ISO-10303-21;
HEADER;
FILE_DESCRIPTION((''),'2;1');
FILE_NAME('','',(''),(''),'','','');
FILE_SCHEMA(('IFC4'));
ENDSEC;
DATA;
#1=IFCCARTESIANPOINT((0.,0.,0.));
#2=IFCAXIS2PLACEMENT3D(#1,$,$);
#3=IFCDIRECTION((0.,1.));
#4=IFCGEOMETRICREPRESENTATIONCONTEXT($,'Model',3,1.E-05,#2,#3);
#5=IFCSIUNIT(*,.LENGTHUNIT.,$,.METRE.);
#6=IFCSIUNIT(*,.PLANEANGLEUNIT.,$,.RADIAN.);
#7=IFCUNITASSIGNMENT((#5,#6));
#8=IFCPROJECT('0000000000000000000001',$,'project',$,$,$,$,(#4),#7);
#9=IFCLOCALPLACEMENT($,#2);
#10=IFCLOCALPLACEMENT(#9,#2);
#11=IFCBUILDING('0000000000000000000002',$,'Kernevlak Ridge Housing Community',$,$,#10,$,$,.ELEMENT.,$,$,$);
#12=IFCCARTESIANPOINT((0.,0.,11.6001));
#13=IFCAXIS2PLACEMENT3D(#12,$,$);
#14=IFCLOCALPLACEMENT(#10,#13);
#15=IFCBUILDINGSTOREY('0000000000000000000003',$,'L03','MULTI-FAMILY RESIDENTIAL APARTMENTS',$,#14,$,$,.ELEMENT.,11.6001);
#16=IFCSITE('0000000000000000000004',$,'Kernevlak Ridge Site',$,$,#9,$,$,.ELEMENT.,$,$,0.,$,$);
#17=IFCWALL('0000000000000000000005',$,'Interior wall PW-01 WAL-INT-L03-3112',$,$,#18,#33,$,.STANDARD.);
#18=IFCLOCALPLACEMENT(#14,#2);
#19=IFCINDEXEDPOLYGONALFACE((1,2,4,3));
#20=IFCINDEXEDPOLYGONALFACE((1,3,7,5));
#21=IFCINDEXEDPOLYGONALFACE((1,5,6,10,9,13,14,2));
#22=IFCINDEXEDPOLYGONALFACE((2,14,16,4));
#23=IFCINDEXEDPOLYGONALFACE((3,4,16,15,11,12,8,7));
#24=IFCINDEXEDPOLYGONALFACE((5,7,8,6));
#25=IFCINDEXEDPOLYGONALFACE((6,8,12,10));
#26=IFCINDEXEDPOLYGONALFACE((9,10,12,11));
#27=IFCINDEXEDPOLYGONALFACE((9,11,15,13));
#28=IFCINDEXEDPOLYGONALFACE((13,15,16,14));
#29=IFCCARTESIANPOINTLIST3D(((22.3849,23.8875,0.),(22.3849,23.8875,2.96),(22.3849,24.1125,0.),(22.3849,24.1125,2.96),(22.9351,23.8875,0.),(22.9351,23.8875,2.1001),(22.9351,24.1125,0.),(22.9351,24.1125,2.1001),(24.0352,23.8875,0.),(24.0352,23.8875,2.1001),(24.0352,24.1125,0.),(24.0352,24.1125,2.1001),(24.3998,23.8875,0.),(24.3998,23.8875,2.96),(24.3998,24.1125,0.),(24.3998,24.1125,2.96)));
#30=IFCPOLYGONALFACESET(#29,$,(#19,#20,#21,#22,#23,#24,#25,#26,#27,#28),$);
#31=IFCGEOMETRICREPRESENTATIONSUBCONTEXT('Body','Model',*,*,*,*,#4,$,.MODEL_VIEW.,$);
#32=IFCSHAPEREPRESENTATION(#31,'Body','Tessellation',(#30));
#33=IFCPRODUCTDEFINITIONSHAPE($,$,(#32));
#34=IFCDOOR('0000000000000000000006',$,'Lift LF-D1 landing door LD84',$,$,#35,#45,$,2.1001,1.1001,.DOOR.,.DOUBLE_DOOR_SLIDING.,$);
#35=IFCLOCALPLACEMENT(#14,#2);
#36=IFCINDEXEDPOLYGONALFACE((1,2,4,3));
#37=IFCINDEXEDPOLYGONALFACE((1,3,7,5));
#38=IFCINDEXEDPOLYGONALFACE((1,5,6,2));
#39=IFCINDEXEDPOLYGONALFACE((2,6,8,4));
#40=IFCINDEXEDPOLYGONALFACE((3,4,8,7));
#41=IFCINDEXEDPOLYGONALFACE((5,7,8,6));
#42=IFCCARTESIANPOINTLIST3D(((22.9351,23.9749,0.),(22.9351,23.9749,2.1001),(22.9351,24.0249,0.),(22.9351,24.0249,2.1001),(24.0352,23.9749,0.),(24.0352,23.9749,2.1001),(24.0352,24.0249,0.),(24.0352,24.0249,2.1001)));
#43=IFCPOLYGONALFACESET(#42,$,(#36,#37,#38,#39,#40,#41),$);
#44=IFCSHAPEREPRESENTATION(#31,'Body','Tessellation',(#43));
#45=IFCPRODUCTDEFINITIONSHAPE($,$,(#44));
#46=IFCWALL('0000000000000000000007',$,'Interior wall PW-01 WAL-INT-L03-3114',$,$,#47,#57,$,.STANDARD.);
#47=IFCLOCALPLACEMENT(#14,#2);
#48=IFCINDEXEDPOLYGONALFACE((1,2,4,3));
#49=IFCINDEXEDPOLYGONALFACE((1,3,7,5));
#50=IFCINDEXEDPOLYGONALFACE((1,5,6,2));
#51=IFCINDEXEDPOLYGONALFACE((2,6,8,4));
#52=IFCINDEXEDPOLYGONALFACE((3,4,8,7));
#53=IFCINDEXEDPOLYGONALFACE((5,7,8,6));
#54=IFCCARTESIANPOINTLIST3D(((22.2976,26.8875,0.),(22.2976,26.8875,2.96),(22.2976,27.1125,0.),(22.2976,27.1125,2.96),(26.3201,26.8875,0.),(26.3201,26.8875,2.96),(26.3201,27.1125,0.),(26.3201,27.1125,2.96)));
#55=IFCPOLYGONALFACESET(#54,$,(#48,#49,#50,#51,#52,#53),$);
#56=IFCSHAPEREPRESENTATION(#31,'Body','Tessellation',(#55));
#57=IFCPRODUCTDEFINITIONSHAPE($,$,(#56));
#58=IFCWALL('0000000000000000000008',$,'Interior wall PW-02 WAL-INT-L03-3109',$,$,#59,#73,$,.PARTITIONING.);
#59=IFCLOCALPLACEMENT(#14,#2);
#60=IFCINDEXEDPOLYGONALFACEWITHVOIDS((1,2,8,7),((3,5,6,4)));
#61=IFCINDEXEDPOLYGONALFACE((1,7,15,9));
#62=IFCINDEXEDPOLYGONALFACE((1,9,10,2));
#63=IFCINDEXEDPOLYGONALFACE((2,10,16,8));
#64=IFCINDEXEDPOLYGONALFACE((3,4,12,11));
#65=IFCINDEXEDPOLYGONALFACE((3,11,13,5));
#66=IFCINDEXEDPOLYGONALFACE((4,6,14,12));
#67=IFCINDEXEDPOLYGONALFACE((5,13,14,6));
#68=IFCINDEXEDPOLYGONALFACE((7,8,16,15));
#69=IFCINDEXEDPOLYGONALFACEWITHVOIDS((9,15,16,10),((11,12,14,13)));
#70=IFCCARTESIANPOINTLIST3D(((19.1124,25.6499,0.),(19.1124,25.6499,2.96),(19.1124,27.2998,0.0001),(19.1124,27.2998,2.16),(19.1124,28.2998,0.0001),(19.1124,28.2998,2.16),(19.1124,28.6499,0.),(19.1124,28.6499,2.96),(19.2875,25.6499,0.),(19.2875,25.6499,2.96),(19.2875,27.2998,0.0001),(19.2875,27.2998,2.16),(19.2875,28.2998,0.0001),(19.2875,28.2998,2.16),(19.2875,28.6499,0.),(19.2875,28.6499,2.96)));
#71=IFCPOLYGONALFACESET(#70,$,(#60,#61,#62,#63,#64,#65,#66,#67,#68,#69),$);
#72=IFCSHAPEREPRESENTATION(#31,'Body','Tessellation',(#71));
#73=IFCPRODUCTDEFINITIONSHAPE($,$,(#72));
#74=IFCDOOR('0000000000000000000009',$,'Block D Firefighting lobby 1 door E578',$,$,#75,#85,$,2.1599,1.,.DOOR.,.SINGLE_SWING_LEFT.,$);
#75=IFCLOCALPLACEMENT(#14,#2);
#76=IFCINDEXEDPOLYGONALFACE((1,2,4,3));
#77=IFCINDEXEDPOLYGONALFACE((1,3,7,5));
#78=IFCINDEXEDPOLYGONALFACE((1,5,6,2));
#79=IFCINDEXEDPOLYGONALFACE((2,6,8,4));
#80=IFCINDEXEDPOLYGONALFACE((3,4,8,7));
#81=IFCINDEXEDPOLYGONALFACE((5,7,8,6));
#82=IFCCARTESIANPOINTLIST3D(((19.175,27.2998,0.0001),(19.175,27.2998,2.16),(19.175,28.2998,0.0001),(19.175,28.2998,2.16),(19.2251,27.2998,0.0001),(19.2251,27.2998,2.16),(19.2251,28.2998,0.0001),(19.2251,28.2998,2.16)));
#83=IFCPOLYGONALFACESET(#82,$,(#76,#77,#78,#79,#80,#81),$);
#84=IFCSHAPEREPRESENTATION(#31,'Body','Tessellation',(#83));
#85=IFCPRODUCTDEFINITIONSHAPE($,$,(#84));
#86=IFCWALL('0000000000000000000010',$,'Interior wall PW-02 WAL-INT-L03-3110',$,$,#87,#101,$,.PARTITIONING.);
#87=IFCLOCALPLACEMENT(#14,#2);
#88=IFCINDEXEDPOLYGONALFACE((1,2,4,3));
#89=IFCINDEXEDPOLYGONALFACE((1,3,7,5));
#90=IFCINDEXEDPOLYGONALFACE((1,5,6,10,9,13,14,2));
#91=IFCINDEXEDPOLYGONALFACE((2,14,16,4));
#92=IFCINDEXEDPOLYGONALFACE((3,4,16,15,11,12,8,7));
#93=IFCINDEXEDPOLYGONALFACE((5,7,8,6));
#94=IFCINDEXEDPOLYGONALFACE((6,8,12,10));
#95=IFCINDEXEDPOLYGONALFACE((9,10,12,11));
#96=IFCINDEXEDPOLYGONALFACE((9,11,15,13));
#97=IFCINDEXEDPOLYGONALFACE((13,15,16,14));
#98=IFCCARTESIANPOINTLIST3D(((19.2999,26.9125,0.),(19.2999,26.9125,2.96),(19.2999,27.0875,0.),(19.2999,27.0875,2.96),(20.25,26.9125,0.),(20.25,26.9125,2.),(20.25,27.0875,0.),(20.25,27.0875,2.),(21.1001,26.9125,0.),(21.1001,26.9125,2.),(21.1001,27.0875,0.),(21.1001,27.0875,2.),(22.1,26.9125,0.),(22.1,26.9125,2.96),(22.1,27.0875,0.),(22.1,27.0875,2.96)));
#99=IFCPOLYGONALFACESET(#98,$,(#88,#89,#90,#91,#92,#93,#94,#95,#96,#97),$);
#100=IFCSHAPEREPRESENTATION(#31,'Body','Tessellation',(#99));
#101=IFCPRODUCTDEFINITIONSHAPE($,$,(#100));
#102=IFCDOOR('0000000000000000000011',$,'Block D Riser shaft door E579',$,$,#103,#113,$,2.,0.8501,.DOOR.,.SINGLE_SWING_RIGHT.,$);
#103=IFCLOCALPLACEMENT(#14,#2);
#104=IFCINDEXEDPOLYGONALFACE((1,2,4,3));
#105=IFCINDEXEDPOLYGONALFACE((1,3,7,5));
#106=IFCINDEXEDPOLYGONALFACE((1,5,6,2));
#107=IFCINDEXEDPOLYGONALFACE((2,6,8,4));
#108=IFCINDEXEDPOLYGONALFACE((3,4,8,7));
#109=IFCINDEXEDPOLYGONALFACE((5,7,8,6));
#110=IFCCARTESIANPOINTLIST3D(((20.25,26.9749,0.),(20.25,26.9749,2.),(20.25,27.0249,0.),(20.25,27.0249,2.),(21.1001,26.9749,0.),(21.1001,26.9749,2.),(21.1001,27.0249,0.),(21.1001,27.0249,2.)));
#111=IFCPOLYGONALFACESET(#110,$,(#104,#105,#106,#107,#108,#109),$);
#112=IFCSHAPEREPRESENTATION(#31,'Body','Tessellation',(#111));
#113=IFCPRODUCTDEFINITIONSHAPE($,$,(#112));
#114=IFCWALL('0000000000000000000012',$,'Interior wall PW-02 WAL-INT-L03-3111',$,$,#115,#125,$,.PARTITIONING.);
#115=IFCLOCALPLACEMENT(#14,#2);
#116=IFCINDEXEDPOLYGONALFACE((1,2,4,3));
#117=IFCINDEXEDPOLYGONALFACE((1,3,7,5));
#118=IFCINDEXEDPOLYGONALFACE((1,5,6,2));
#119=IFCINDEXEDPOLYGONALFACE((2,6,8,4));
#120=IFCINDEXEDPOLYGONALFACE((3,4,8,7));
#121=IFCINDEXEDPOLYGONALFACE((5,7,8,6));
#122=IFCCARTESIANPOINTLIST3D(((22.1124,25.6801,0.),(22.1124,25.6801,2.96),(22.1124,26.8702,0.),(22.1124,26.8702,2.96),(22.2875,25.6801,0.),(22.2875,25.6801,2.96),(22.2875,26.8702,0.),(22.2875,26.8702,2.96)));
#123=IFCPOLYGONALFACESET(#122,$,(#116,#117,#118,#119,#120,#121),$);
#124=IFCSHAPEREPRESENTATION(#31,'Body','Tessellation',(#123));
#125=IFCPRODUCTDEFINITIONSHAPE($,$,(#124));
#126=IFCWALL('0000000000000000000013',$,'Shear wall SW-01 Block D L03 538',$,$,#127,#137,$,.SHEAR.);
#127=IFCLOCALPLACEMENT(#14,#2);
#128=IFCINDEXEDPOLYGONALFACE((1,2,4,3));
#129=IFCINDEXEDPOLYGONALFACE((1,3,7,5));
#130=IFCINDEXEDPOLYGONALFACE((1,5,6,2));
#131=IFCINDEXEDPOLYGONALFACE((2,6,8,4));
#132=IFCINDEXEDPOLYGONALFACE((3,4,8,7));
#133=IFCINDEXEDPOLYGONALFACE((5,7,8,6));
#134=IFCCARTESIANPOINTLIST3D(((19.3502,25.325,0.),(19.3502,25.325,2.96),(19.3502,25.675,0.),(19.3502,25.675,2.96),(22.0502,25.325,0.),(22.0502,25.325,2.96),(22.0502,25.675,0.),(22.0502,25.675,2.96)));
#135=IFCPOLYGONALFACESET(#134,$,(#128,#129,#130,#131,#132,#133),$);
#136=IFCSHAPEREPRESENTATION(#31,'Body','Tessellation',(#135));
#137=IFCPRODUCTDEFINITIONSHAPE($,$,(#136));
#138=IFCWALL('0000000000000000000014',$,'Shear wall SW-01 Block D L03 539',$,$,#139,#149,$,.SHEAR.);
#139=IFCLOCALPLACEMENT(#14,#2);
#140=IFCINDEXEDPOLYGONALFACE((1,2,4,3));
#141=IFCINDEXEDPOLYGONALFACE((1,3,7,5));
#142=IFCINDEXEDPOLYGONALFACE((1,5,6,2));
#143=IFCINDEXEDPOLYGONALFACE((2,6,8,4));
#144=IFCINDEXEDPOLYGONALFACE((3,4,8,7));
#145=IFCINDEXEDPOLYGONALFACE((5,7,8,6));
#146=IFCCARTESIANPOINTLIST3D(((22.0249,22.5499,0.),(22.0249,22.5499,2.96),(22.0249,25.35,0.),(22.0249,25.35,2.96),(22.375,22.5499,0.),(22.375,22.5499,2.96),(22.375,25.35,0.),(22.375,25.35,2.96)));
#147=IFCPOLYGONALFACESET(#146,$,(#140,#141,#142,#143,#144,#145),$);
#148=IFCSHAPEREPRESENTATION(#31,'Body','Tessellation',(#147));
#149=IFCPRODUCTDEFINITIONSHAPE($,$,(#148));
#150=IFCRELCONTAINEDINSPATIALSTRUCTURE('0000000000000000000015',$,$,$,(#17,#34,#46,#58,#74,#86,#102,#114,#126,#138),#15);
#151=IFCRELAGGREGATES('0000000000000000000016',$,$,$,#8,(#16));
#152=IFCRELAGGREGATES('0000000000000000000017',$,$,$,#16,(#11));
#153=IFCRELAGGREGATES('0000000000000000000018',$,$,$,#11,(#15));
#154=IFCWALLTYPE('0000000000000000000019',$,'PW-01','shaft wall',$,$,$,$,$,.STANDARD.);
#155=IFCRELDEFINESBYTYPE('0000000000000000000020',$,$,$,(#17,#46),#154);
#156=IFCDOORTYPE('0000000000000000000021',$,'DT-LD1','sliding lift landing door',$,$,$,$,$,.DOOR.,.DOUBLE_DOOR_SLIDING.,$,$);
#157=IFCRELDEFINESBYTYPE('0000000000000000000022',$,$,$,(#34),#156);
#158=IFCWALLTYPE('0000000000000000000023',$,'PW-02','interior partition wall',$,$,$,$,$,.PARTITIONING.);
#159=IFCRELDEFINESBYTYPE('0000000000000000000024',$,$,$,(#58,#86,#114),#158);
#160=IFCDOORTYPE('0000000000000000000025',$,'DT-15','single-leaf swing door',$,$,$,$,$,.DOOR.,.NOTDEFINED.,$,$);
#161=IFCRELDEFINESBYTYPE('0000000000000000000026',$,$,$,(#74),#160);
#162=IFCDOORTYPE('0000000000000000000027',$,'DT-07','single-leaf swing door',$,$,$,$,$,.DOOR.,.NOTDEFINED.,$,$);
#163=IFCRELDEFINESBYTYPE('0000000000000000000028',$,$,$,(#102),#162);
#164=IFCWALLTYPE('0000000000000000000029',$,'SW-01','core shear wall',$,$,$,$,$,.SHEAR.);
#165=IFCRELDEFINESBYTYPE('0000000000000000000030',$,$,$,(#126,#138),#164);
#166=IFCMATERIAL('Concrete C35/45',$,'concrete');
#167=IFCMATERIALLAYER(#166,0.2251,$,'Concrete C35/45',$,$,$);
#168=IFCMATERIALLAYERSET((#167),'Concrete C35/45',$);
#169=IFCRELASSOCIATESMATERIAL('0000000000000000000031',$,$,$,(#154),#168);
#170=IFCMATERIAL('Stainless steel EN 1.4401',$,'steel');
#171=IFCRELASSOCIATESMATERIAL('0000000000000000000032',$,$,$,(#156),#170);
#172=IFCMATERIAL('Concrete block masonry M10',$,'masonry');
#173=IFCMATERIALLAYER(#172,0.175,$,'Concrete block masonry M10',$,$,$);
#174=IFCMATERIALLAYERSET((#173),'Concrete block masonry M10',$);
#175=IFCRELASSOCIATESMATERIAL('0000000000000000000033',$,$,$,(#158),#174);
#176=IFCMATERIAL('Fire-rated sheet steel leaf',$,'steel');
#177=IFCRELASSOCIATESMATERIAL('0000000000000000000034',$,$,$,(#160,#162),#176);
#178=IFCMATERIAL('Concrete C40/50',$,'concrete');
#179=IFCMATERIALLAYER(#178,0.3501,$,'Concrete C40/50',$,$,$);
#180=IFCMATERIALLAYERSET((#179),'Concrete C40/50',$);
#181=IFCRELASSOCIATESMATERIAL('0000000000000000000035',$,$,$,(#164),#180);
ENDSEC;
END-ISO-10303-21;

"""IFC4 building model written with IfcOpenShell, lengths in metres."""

from ifc_helpers import new_model, si_unit, direction, frame, frame_2d, origin, place, context, subcontext, project, spatial, rectangle, extrude, material, layer, layer_set, type_object, element, fill, save


model = new_model("IFC4")

# Units and contexts
model_context = context("Model", 3, precision=1e-05, world=origin(), true_north=direction((0.0, 1.0)))
body_context = subcontext(model_context, "Body", "Model", "MODEL_VIEW")
ifc_project = project(units=[si_unit("LENGTHUNIT", "METRE"), si_unit("PLANEANGLEUNIT", "RADIAN")], contexts=[model_context])

# Site, building, storey
site_placement = place(None, origin())
site = spatial("IfcSite", under=ifc_project, at=site_placement, Name="Kernevlak Ridge Site", CompositionType="ELEMENT", RefElevation=0.0)
building_placement = place(site_placement, origin())
building = spatial("IfcBuilding", under=site, at=building_placement, Name="Kernevlak Ridge Housing Community", CompositionType="ELEMENT")
storey_placement = place(building_placement, frame((0.0, 0.0, 11.6001)))
storey = spatial("IfcBuildingStorey", under=building, at=storey_placement, Name="L03", Description="MULTI-FAMILY RESIDENTIAL APARTMENTS", CompositionType="ELEMENT", Elevation=11.6001)

# Shared definitions
ifc_material_1 = material(Name="Concrete C35/45", Category="concrete")

# Wall, opening, door
ifc_layer_1 = layer(ifc_material_1, 0.2251, Name="Concrete C35/45")
ifc_layer_set_1 = layer_set([ifc_layer_1], Name="Concrete C35/45")
wall_type_1 = type_object("IfcWallType", Name="PW-01", Description="shaft wall", PredefinedType="STANDARD", material=ifc_layer_set_1)
ifc_material_2 = material(Name="Fire-rated sheet steel leaf", Category="steel")
wall_1_placement = place(storey_placement, frame((22.385, 24.0, 0.0), z_axis=(0.0, 0.0, 1.0), x_axis=(1.0, 0.0, 0.0)))
wall_1 = element("IfcWall", 1, at=wall_1_placement, inside=storey, type_object=wall_type_1, Name="Interior wall PW-01 WAL-INT-L03-3112", PredefinedType="STANDARD", context=body_context, shape_type="SweptSolid", body=[
    extrude(rectangle(XDim=2.0149, YDim=0.2251, at=frame_2d((1.0073, 0.0))), origin(), (0.0, 0.0, 1.0), 2.96),
])
opening_1_placement = place(wall_1_placement, frame((0.55, 0.0, 0.0)))
opening_1 = element("IfcOpeningElement", 2, at=opening_1_placement, cuts=wall_1, PredefinedType="OPENING", context=body_context, shape_type="SweptSolid", body=[
    extrude(rectangle(XDim=1.1001, YDim=2.1001, at=frame_2d((0.55, 1.05))), frame((0.0, 0.1226, 0.0), z_axis=(0.0, -1.0, 0.0), x_axis=(1.0, 0.0, 0.0)), (0.0, 0.0, 1.0), 0.2451),
])
ifc_material_3 = material(Name="Stainless steel EN 1.4401", Category="steel")
door_type_1 = type_object("IfcDoorType", Name="DT-LD1", Description="sliding lift landing door", OperationType="DOUBLE_DOOR_SLIDING", PredefinedType="DOOR", material=ifc_material_3)
door_1_placement = place(opening_1_placement, origin())
door_1 = element("IfcDoor", 3, at=door_1_placement, inside=storey, type_object=door_type_1, Name="Lift LF-D1 landing door LD84", OperationType="DOUBLE_DOOR_SLIDING", OverallHeight=2.1001, OverallWidth=1.1001, PredefinedType="DOOR", context=body_context, shape_type="SweptSolid", body=[
    extrude(rectangle(XDim=1.1001, YDim=2.1001, at=frame_2d((0.55, 1.05))), frame((0.0, 0.0249, 0.0), z_axis=(0.0, -1.0, 0.0), x_axis=(1.0, 0.0, 0.0)), (0.0, 0.0, 1.0), 0.05),
])
fill(opening_1, door_1)

# Wall
wall_2_placement = place(storey_placement, frame((22.2976, 27.0, 0.0), z_axis=(0.0, 0.0, 1.0), x_axis=(1.0, 0.0, 0.0)))
element("IfcWall", 4, at=wall_2_placement, inside=storey, type_object=wall_type_1, Name="Interior wall PW-01 WAL-INT-L03-3114", PredefinedType="STANDARD", context=body_context, shape_type="SweptSolid", body=[
    extrude(rectangle(XDim=4.0225, YDim=0.2251, at=frame_2d((2.0112, 0.0))), origin(), (0.0, 0.0, 1.0), 2.96),
])

# Walls, openings, doors
ifc_material_4 = material(Name="Concrete block masonry M10", Category="masonry")
ifc_layer_2 = layer(ifc_material_4, 0.175, Name="Concrete block masonry M10")
ifc_layer_set_2 = layer_set([ifc_layer_2], Name="Concrete block masonry M10")
wall_type_2 = type_object("IfcWallType", Name="PW-02", Description="interior partition wall", PredefinedType="PARTITIONING", material=ifc_layer_set_2)
wall_3_placement = place(storey_placement, frame((19.2, 25.6499, 0.0), z_axis=(0.0, 0.0, 1.0), x_axis=(0.0, 1.0, 0.0)))
wall_3 = element("IfcWall", 5, at=wall_3_placement, inside=storey, type_object=wall_type_2, Name="Interior wall PW-02 WAL-INT-L03-3109", PredefinedType="PARTITIONING", context=body_context, shape_type="SweptSolid", body=[
    extrude(rectangle(XDim=3.0, YDim=0.175, at=frame_2d((1.5, 0.0))), origin(), (0.0, 0.0, 1.0), 2.96),
])
opening_2_placement = place(wall_3_placement, frame((1.6499, 0.0, 0.0)))
opening_2 = element("IfcOpeningElement", 6, at=opening_2_placement, cuts=wall_3, PredefinedType="OPENING", context=body_context, shape_type="SweptSolid", body=[
    extrude(rectangle(XDim=1.0, YDim=2.1599, at=frame_2d((0.5, 1.0801))), frame((0.0, 0.0974, 0.0), z_axis=(0.0, -1.0, 0.0), x_axis=(1.0, 0.0, 0.0)), (0.0, 0.0, 1.0), 0.1951),
])
door_type_2 = type_object("IfcDoorType", Name="DT-15", Description="single-leaf swing door", OperationType="NOTDEFINED", PredefinedType="DOOR", material=ifc_material_2)
door_2_placement = place(opening_2_placement, origin())
door_2 = element("IfcDoor", 7, at=door_2_placement, inside=storey, type_object=door_type_2, Name="Block D Firefighting lobby 1 door E578", OperationType="SINGLE_SWING_LEFT", OverallHeight=2.1599, OverallWidth=1.0, PredefinedType="DOOR", context=body_context, shape_type="SweptSolid", body=[
    extrude(rectangle(XDim=1.0, YDim=2.1599, at=frame_2d((0.5, 1.0801))), frame((0.0, 0.0249, 0.0), z_axis=(0.0, -1.0, 0.0), x_axis=(1.0, 0.0, 0.0)), (0.0, 0.0, 1.0), 0.05),
])
fill(opening_2, door_2)
wall_4_placement = place(storey_placement, frame((19.3, 27.0, 0.0), z_axis=(0.0, 0.0, 1.0), x_axis=(1.0, 0.0, 0.0)))
wall_4 = element("IfcWall", 8, at=wall_4_placement, inside=storey, type_object=wall_type_2, Name="Interior wall PW-02 WAL-INT-L03-3110", PredefinedType="PARTITIONING", context=body_context, shape_type="SweptSolid", body=[
    extrude(rectangle(XDim=2.8, YDim=0.175, at=frame_2d((1.3999, 0.0))), origin(), (0.0, 0.0, 1.0), 2.96),
])
opening_3_placement = place(wall_4_placement, frame((0.95, 0.0, 0.0)))
opening_3 = element("IfcOpeningElement", 9, at=opening_3_placement, cuts=wall_4, PredefinedType="OPENING", context=body_context, shape_type="SweptSolid", body=[
    extrude(rectangle(XDim=0.8501, YDim=2.0, at=frame_2d((0.425, 1.0))), frame((0.0, 0.0974, 0.0), z_axis=(0.0, -1.0, 0.0), x_axis=(1.0, 0.0, 0.0)), (0.0, 0.0, 1.0), 0.1951),
])
door_type_3 = type_object("IfcDoorType", Name="DT-07", Description="single-leaf swing door", OperationType="NOTDEFINED", PredefinedType="DOOR", material=ifc_material_2)
door_3_placement = place(opening_3_placement, origin())
door_3 = element("IfcDoor", 10, at=door_3_placement, inside=storey, type_object=door_type_3, Name="Block D Riser shaft door E579", OperationType="SINGLE_SWING_RIGHT", OverallHeight=2.0, OverallWidth=0.8501, PredefinedType="DOOR", context=body_context, shape_type="SweptSolid", body=[
    extrude(rectangle(XDim=0.8501, YDim=2.0, at=frame_2d((0.425, 1.0))), frame((0.0, 0.0249, 0.0), z_axis=(0.0, -1.0, 0.0), x_axis=(1.0, 0.0, 0.0)), (0.0, 0.0, 1.0), 0.05),
])
fill(opening_3, door_3)

# Walls
wall_5_placement = place(storey_placement, frame((22.2, 25.6799, 0.0), z_axis=(0.0, 0.0, 1.0), x_axis=(0.0, 1.0, 0.0)))
element("IfcWall", 11, at=wall_5_placement, inside=storey, type_object=wall_type_2, Name="Interior wall PW-02 WAL-INT-L03-3111", PredefinedType="PARTITIONING", context=body_context, shape_type="SweptSolid", body=[
    extrude(rectangle(XDim=1.1902, YDim=0.175, at=frame_2d((0.5952, 0.0))), origin(), (0.0, 0.0, 1.0), 2.96),
])
ifc_material_5 = material(Name="Concrete C40/50", Category="concrete")
ifc_layer_3 = layer(ifc_material_5, 0.3501, Name="Concrete C40/50")
ifc_layer_set_3 = layer_set([ifc_layer_3], Name="Concrete C40/50")
wall_type_3 = type_object("IfcWallType", Name="SW-01", Description="core shear wall", PredefinedType="SHEAR", material=ifc_layer_set_3)
wall_6_placement = place(storey_placement, frame((19.3501, 25.5, 0.0), z_axis=(0.0, 0.0, 1.0), x_axis=(1.0, 0.0, 0.0)))
element("IfcWall", 12, at=wall_6_placement, inside=storey, type_object=wall_type_3, Name="Shear wall SW-01 Block D L03 538", PredefinedType="SHEAR", context=body_context, shape_type="SweptSolid", body=[
    extrude(rectangle(XDim=2.7, YDim=0.3501, at=frame_2d((1.3501, 0.0))), origin(), (0.0, 0.0, 1.0), 2.96),
])
wall_7_placement = place(storey_placement, frame((22.2, 22.55, 0.0), z_axis=(0.0, 0.0, 1.0), x_axis=(0.0, 1.0, 0.0)))
element("IfcWall", 13, at=wall_7_placement, inside=storey, type_object=wall_type_3, Name="Shear wall SW-01 Block D L03 539", PredefinedType="SHEAR", context=body_context, shape_type="SweptSolid", body=[
    extrude(rectangle(XDim=2.8, YDim=0.3501, at=frame_2d((1.3999, 0.0))), origin(), (0.0, 0.0, 1.0), 2.96),
])

save(model, "model.ifc")
